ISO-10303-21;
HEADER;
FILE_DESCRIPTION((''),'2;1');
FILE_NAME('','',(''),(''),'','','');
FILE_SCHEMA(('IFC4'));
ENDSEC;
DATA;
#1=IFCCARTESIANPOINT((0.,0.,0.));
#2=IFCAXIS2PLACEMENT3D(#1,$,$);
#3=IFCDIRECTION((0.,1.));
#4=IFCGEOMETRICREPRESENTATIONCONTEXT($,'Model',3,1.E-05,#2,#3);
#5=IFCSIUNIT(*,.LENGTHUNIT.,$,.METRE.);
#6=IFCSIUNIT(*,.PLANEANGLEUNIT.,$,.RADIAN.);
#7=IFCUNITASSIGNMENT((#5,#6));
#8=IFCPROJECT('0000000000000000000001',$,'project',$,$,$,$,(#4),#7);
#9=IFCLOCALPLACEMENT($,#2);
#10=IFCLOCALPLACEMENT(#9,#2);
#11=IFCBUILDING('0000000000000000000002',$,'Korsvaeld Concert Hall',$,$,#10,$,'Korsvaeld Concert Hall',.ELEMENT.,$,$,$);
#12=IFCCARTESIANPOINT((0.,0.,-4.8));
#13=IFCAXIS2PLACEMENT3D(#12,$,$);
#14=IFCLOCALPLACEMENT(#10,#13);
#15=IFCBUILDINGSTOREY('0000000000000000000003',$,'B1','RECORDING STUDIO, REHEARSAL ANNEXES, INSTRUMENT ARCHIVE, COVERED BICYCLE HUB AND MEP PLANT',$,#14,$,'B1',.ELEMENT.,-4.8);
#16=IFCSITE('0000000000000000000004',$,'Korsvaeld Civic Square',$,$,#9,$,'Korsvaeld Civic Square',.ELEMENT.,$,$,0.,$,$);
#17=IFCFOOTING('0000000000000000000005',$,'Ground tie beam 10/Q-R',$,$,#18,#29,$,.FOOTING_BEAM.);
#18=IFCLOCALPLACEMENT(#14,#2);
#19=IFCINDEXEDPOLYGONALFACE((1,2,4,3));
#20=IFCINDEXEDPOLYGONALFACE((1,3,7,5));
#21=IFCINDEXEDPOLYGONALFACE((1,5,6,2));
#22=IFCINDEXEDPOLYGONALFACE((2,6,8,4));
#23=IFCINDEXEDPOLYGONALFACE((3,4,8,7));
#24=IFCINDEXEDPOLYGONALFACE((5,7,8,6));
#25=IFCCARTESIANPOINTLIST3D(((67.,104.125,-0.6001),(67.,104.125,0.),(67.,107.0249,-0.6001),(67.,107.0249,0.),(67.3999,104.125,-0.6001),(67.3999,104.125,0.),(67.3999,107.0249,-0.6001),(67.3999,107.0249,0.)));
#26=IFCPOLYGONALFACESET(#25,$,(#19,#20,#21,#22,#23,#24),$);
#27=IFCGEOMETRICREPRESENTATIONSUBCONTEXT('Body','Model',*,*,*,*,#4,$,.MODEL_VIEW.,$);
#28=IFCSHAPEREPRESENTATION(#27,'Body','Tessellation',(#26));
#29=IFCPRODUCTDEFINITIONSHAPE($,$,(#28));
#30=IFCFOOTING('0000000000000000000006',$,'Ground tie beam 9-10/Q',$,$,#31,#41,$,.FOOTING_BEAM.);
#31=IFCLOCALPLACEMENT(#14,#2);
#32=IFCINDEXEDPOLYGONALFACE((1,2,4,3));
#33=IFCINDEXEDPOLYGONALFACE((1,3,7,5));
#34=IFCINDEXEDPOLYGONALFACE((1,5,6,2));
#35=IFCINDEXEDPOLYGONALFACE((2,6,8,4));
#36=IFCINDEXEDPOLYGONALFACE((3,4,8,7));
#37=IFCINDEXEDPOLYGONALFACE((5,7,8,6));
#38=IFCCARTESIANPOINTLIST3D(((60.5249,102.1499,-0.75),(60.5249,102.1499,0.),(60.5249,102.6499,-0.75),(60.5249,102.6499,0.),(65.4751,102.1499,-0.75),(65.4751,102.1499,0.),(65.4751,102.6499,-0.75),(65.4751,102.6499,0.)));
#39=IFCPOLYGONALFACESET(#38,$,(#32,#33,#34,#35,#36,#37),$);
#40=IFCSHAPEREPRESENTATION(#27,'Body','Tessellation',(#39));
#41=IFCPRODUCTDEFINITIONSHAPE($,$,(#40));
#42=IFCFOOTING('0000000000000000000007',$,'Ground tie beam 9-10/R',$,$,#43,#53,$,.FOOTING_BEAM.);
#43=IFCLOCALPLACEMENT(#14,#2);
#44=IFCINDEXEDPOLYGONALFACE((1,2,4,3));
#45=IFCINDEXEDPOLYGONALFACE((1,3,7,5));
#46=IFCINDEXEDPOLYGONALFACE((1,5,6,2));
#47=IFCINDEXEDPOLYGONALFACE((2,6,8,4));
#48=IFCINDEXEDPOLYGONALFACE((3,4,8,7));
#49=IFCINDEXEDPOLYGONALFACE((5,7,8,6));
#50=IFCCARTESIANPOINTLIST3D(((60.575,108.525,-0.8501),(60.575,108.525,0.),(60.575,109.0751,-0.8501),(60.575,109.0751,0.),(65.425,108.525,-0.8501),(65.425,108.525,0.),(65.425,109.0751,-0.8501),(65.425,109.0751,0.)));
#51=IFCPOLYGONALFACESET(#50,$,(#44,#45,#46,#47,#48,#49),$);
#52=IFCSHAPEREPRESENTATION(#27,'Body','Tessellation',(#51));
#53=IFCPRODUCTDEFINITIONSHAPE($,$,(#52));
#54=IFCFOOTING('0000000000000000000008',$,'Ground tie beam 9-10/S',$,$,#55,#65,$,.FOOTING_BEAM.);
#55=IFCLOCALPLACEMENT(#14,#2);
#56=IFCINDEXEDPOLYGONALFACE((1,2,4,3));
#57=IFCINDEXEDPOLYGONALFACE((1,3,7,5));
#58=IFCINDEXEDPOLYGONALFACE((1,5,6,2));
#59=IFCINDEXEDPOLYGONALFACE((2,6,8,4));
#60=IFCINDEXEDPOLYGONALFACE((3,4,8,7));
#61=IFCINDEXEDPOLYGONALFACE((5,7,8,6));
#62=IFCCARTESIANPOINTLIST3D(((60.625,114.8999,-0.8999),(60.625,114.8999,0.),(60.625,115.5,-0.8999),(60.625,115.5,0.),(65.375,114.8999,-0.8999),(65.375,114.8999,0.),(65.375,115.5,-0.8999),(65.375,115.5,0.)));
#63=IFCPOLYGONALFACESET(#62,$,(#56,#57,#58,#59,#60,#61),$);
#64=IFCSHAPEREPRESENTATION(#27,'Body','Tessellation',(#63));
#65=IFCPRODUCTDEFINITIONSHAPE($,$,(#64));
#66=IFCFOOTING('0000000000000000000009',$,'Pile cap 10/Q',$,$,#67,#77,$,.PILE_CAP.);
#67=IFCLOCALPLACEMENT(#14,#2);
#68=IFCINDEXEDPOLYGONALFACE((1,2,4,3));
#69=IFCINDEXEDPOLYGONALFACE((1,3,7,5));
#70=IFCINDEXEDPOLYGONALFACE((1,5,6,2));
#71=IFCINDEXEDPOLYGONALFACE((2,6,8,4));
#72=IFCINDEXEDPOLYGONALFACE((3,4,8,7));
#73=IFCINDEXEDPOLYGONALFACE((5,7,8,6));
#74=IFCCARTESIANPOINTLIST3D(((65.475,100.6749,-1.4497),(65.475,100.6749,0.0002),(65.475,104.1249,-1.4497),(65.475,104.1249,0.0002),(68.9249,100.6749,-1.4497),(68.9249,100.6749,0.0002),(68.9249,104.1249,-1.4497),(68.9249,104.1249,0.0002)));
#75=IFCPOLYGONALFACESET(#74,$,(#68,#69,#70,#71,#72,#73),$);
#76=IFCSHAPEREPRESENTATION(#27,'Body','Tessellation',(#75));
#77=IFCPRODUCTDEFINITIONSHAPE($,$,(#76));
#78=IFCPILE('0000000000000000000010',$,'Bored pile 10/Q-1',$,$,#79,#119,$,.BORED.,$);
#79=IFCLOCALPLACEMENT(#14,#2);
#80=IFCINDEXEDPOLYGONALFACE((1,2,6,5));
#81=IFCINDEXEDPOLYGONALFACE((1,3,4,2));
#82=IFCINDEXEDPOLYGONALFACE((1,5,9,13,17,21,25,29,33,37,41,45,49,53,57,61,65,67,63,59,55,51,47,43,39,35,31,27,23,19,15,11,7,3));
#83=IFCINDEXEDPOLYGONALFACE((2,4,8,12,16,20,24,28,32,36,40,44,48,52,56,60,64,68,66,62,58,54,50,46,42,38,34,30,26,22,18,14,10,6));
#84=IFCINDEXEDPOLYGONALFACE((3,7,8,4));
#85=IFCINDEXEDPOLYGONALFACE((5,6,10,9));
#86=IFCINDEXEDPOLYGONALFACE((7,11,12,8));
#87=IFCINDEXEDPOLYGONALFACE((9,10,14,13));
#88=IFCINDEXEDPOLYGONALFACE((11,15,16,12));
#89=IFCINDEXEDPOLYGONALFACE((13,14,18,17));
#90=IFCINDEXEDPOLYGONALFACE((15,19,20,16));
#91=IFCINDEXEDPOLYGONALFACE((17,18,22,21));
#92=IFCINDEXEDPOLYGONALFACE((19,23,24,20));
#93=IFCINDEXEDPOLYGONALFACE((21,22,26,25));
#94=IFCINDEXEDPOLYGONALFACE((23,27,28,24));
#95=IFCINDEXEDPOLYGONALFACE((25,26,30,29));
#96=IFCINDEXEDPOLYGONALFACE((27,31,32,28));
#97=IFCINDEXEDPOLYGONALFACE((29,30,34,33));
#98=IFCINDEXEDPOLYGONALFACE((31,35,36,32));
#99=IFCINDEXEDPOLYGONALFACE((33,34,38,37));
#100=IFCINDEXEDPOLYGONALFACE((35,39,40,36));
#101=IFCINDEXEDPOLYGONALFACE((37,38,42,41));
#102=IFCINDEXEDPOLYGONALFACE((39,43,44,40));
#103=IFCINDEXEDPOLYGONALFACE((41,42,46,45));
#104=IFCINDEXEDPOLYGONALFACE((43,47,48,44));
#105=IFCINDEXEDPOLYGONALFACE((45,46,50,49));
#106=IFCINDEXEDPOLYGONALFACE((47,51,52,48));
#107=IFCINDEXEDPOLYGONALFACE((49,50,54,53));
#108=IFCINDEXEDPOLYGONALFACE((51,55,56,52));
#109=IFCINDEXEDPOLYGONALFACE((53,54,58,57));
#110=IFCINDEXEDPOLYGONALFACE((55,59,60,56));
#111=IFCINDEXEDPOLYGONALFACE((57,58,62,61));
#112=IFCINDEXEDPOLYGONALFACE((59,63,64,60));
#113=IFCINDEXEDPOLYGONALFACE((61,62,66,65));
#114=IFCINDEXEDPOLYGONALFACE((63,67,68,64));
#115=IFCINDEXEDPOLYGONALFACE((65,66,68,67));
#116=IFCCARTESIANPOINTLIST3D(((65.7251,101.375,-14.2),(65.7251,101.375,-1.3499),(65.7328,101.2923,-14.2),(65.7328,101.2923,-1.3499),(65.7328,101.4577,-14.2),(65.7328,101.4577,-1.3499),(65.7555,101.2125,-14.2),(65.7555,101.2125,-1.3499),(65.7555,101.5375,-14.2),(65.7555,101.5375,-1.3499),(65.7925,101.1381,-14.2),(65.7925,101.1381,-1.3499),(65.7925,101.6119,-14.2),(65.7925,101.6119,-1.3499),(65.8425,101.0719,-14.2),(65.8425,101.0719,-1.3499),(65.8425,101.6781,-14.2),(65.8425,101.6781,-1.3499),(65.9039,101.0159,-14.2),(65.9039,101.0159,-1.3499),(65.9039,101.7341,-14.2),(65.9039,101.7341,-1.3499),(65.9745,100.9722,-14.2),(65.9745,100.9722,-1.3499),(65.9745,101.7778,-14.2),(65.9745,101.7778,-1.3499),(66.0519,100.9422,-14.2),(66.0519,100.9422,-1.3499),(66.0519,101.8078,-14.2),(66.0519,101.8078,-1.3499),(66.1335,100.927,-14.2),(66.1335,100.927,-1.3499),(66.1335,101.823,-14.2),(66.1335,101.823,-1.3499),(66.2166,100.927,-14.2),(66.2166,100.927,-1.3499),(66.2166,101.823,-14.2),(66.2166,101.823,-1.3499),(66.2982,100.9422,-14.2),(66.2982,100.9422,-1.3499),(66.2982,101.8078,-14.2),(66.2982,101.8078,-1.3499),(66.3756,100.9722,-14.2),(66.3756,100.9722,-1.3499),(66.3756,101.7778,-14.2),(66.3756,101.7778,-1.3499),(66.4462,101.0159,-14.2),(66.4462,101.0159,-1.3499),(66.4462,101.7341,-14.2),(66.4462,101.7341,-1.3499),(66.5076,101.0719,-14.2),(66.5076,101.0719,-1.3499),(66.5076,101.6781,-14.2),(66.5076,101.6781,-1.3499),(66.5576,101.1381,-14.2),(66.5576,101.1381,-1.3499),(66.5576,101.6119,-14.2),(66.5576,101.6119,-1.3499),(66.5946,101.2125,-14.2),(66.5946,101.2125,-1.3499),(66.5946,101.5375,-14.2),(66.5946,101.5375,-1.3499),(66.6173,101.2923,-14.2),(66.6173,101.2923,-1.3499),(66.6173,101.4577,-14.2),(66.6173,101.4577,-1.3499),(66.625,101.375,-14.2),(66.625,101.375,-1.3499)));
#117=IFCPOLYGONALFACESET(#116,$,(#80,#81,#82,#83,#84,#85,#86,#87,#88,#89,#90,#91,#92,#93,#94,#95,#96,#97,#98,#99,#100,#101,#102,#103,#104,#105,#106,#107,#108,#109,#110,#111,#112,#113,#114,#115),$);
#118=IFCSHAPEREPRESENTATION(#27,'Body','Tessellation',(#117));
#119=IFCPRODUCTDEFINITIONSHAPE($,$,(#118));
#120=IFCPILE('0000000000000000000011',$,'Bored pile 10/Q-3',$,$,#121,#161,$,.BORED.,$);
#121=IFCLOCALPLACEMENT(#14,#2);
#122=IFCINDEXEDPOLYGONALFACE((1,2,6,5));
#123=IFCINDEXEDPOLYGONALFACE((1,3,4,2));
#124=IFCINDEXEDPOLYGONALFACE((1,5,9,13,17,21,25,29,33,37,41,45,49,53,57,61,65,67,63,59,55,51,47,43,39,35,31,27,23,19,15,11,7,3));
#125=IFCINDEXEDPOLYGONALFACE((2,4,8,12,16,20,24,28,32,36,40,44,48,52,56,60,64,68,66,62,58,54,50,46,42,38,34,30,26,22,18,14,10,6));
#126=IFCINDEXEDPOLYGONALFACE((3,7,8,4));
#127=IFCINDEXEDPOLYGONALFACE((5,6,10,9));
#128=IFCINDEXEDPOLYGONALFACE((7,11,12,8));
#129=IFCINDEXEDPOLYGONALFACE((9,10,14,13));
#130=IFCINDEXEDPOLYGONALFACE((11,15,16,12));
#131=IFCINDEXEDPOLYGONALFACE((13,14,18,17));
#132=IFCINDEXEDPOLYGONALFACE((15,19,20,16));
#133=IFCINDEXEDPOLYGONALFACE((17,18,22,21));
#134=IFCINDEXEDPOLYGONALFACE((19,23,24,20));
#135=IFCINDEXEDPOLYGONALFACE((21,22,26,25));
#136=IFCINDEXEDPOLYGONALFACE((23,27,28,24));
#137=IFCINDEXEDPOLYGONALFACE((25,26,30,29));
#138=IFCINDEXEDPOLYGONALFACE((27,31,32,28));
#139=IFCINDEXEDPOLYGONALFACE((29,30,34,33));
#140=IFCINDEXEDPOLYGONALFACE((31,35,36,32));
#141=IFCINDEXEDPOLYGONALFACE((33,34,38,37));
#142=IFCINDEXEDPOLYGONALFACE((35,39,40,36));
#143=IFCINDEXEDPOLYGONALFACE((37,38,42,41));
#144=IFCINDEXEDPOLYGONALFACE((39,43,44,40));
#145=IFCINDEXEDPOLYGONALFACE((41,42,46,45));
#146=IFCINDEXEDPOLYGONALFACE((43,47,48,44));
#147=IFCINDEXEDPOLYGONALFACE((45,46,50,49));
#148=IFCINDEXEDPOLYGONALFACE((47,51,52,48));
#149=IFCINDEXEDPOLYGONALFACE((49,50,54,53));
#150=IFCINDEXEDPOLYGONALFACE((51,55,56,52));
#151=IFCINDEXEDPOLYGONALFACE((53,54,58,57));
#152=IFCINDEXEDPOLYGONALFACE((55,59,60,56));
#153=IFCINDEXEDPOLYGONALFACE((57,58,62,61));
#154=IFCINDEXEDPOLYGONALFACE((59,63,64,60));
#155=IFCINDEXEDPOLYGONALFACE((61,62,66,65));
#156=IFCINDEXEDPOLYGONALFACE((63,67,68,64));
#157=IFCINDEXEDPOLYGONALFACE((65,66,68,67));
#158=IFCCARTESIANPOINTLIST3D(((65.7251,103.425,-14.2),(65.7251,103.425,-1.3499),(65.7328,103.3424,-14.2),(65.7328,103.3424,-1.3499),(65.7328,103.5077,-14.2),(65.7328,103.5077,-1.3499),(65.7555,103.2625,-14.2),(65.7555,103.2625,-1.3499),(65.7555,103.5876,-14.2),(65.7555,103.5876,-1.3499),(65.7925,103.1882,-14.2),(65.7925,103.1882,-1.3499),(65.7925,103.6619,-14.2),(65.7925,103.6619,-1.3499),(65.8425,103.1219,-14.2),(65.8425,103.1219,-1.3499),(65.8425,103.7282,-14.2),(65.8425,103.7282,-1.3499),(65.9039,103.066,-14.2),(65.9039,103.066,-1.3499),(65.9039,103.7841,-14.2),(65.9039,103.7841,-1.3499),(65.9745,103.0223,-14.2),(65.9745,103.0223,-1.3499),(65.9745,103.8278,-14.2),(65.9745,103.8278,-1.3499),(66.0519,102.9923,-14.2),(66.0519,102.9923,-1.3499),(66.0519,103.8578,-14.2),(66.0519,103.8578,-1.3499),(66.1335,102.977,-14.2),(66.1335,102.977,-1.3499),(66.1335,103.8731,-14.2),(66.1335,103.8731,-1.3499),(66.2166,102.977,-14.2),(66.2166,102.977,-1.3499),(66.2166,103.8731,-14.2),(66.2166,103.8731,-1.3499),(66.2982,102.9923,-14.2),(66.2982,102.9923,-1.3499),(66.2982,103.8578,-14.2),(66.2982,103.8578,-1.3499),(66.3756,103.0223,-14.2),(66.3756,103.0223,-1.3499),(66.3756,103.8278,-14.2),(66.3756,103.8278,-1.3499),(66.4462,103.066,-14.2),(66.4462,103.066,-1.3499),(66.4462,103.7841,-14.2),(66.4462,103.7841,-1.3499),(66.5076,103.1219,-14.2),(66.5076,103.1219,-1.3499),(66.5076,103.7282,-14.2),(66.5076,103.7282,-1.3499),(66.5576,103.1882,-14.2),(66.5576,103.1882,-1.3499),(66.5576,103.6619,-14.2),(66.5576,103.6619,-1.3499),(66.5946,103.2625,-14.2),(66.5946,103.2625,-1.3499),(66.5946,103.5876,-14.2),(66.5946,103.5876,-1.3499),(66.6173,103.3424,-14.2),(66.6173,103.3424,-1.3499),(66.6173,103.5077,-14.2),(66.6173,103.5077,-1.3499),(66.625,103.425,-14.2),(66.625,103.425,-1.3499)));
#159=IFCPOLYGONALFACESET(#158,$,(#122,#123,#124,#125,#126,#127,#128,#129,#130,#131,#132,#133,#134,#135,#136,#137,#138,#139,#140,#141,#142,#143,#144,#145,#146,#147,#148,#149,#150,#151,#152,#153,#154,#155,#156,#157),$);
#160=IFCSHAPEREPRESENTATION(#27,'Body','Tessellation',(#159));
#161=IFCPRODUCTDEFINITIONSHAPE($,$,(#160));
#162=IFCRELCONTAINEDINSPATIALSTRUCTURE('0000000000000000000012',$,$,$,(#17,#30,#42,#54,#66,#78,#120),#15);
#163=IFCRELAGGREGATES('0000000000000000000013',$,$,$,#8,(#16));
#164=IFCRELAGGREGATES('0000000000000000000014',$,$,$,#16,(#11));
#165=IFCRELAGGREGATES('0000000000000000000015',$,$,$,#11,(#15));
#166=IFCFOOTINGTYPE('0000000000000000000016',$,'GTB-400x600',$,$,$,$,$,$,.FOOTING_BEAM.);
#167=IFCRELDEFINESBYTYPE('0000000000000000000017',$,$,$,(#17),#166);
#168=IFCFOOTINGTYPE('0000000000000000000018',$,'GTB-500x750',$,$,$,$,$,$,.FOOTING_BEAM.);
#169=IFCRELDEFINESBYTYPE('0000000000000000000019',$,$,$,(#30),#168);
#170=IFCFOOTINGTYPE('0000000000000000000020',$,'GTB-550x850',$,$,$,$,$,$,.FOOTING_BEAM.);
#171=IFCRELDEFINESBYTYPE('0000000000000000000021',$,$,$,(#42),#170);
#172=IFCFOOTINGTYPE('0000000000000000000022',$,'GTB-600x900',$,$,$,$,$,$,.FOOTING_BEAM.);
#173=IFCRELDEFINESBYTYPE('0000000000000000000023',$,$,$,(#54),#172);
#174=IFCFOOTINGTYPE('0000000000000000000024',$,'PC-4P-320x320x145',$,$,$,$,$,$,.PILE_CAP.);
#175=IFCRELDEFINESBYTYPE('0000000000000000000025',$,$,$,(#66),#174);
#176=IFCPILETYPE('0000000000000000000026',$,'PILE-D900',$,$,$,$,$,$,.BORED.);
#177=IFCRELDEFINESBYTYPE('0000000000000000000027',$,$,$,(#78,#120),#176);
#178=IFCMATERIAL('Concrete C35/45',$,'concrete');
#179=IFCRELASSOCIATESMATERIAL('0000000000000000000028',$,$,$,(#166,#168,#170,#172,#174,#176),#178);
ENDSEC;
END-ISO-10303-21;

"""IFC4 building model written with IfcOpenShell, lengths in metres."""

from ifc_helpers import new_model, si_unit, direction, frame, origin, origin_2d, place, context, subcontext, project, spatial, rectangle, circle, extrude, material, material_profile, profile_set, type_object, element, save


model = new_model("IFC4")

# Units and contexts
model_context = context("Model", 3, precision=1e-05, world=origin(), true_north=direction((0.0, 1.0)))
body_context = subcontext(model_context, "Body", "Model", "MODEL_VIEW")
ifc_project = project(units=[si_unit("LENGTHUNIT", "METRE"), si_unit("PLANEANGLEUNIT", "RADIAN")], contexts=[model_context])

# Site, building, storey
site_placement = place(None, origin())
site = spatial("IfcSite", under=ifc_project, at=site_placement, Name="Korsvaeld Civic Square", LongName="Korsvaeld Civic Square", CompositionType="ELEMENT", RefElevation=0.0)
building_placement = place(site_placement, origin())
building = spatial("IfcBuilding", under=site, at=building_placement, Name="Korsvaeld Concert Hall", LongName="Korsvaeld Concert Hall", CompositionType="ELEMENT")
storey_placement = place(building_placement, frame((0.0, 0.0, -4.8)))
storey = spatial("IfcBuildingStorey", under=building, at=storey_placement, Name="B1", Description="RECORDING STUDIO, REHEARSAL ANNEXES, INSTRUMENT ARCHIVE, COVERED BICYCLE HUB AND MEP PLANT", LongName="B1", CompositionType="ELEMENT", Elevation=-4.8)

# Footings
ifc_material_1 = material(Name="Concrete C35/45", Category="concrete")
ifc_material_profile_1 = material_profile(ifc_material_1, rectangle(XDim=0.3999, YDim=0.6001, at=origin_2d()), Name="GTB 400x600")
ifc_profile_set_1 = profile_set([ifc_material_profile_1], Name="Concrete C35/45")
footing_type_1 = type_object("IfcFootingType", Name="GTB-400x600", PredefinedType="FOOTING_BEAM", material=ifc_profile_set_1)
footing_1_placement = place(storey_placement, frame((67.2, 104.125, -0.3), z_axis=(0.0, 1.0, 0.0), x_axis=(-1.0, 0.0, 0.0)))
element("IfcFooting", 1, at=footing_1_placement, inside=storey, type_object=footing_type_1, Name="Ground tie beam 10/Q-R", PredefinedType="FOOTING_BEAM", context=body_context, shape_type="SweptSolid", body=[
    extrude(rectangle(XDim=0.3999, YDim=0.6001, at=origin_2d()), origin(), (0.0, 0.0, 1.0), 2.8999),
])
ifc_material_profile_2 = material_profile(ifc_material_1, rectangle(XDim=0.5, YDim=0.75, at=origin_2d()), Name="GTB 500x750")
ifc_profile_set_2 = profile_set([ifc_material_profile_2], Name="Concrete C35/45")
footing_type_2 = type_object("IfcFootingType", Name="GTB-500x750", PredefinedType="FOOTING_BEAM", material=ifc_profile_set_2)
footing_2_placement = place(storey_placement, frame((60.5249, 102.3999, -0.375), z_axis=(1.0, 0.0, 0.0), x_axis=(0.0, 1.0, 0.0)))
element("IfcFooting", 2, at=footing_2_placement, inside=storey, type_object=footing_type_2, Name="Ground tie beam 9-10/Q", PredefinedType="FOOTING_BEAM", context=body_context, shape_type="SweptSolid", body=[
    extrude(rectangle(XDim=0.5, YDim=0.75, at=origin_2d()), origin(), (0.0, 0.0, 1.0), 4.9502),
])
ifc_material_profile_3 = material_profile(ifc_material_1, rectangle(XDim=0.55, YDim=0.8501, at=origin_2d()), Name="GTB 550x850")
ifc_profile_set_3 = profile_set([ifc_material_profile_3], Name="Concrete C35/45")
footing_type_3 = type_object("IfcFootingType", Name="GTB-550x850", PredefinedType="FOOTING_BEAM", material=ifc_profile_set_3)
footing_3_placement = place(storey_placement, frame((60.575, 108.8, -0.425), z_axis=(1.0, 0.0, 0.0), x_axis=(0.0, 1.0, 0.0)))
element("IfcFooting", 3, at=footing_3_placement, inside=storey, type_object=footing_type_3, Name="Ground tie beam 9-10/R", PredefinedType="FOOTING_BEAM", context=body_context, shape_type="SweptSolid", body=[
    extrude(rectangle(XDim=0.55, YDim=0.8501, at=origin_2d()), origin(), (0.0, 0.0, 1.0), 4.8501),
])
ifc_material_profile_4 = material_profile(ifc_material_1, rectangle(XDim=0.6001, YDim=0.8999, at=origin_2d()), Name="GTB 600x900")
ifc_profile_set_4 = profile_set([ifc_material_profile_4], Name="Concrete C35/45")
footing_type_4 = type_object("IfcFootingType", Name="GTB-600x900", PredefinedType="FOOTING_BEAM", material=ifc_profile_set_4)
footing_4_placement = place(storey_placement, frame((60.625, 115.2, -0.45), z_axis=(1.0, 0.0, 0.0), x_axis=(0.0, 1.0, 0.0)))
element("IfcFooting", 4, at=footing_4_placement, inside=storey, type_object=footing_type_4, Name="Ground tie beam 9-10/S", PredefinedType="FOOTING_BEAM", context=body_context, shape_type="SweptSolid", body=[
    extrude(rectangle(XDim=0.6001, YDim=0.8999, at=origin_2d()), origin(), (0.0, 0.0, 1.0), 4.75),
])
footing_type_5 = type_object("IfcFootingType", Name="PC-4P-320x320x145", PredefinedType="PILE_CAP", material=ifc_material_1)
footing_5_placement = place(storey_placement, frame((67.2, 102.3999, -1.4497), z_axis=(0.0, 0.0, 1.0), x_axis=(1.0, 0.0, 0.0)))
element("IfcFooting", 5, at=footing_5_placement, inside=storey, type_object=footing_type_5, Name="Pile cap 10/Q", PredefinedType="PILE_CAP", context=body_context, shape_type="SweptSolid", body=[
    extrude(rectangle(XDim=3.45, YDim=3.45, at=origin_2d()), origin(), (0.0, 0.0, 1.0), 1.45),
])

# Piles
ifc_material_profile_5 = material_profile(ifc_material_1, circle(Radius=0.45, at=origin_2d()), Name="BORED PILE D900")
ifc_profile_set_5 = profile_set([ifc_material_profile_5], Name="Concrete C35/45")
pile_type = type_object("IfcPileType", Name="PILE-D900", PredefinedType="BORED", material=ifc_profile_set_5)
for number, where, z_axis, x_axis, name in (
    (6, (66.175, 101.375, -1.3499), (0.0, 0.0, -1.0), (1.0, 0.0, 0.0), "Bored pile 10/Q-1"),
    (7, (66.175, 103.425, -1.3499), (0.0, 0.0, -1.0), (1.0, 0.0, 0.0), "Bored pile 10/Q-3"),
):
    element("IfcPile", number, at=place(storey_placement, frame(where, z_axis=z_axis, x_axis=x_axis)), inside=storey, type_object=pile_type, Name=name, PredefinedType="BORED", context=body_context, shape_type="SweptSolid", body=[
        extrude(circle(Radius=0.45, at=origin_2d()), origin(), (0.0, 0.0, 1.0), 12.8501),
    ])

save(model, "model.ifc")
